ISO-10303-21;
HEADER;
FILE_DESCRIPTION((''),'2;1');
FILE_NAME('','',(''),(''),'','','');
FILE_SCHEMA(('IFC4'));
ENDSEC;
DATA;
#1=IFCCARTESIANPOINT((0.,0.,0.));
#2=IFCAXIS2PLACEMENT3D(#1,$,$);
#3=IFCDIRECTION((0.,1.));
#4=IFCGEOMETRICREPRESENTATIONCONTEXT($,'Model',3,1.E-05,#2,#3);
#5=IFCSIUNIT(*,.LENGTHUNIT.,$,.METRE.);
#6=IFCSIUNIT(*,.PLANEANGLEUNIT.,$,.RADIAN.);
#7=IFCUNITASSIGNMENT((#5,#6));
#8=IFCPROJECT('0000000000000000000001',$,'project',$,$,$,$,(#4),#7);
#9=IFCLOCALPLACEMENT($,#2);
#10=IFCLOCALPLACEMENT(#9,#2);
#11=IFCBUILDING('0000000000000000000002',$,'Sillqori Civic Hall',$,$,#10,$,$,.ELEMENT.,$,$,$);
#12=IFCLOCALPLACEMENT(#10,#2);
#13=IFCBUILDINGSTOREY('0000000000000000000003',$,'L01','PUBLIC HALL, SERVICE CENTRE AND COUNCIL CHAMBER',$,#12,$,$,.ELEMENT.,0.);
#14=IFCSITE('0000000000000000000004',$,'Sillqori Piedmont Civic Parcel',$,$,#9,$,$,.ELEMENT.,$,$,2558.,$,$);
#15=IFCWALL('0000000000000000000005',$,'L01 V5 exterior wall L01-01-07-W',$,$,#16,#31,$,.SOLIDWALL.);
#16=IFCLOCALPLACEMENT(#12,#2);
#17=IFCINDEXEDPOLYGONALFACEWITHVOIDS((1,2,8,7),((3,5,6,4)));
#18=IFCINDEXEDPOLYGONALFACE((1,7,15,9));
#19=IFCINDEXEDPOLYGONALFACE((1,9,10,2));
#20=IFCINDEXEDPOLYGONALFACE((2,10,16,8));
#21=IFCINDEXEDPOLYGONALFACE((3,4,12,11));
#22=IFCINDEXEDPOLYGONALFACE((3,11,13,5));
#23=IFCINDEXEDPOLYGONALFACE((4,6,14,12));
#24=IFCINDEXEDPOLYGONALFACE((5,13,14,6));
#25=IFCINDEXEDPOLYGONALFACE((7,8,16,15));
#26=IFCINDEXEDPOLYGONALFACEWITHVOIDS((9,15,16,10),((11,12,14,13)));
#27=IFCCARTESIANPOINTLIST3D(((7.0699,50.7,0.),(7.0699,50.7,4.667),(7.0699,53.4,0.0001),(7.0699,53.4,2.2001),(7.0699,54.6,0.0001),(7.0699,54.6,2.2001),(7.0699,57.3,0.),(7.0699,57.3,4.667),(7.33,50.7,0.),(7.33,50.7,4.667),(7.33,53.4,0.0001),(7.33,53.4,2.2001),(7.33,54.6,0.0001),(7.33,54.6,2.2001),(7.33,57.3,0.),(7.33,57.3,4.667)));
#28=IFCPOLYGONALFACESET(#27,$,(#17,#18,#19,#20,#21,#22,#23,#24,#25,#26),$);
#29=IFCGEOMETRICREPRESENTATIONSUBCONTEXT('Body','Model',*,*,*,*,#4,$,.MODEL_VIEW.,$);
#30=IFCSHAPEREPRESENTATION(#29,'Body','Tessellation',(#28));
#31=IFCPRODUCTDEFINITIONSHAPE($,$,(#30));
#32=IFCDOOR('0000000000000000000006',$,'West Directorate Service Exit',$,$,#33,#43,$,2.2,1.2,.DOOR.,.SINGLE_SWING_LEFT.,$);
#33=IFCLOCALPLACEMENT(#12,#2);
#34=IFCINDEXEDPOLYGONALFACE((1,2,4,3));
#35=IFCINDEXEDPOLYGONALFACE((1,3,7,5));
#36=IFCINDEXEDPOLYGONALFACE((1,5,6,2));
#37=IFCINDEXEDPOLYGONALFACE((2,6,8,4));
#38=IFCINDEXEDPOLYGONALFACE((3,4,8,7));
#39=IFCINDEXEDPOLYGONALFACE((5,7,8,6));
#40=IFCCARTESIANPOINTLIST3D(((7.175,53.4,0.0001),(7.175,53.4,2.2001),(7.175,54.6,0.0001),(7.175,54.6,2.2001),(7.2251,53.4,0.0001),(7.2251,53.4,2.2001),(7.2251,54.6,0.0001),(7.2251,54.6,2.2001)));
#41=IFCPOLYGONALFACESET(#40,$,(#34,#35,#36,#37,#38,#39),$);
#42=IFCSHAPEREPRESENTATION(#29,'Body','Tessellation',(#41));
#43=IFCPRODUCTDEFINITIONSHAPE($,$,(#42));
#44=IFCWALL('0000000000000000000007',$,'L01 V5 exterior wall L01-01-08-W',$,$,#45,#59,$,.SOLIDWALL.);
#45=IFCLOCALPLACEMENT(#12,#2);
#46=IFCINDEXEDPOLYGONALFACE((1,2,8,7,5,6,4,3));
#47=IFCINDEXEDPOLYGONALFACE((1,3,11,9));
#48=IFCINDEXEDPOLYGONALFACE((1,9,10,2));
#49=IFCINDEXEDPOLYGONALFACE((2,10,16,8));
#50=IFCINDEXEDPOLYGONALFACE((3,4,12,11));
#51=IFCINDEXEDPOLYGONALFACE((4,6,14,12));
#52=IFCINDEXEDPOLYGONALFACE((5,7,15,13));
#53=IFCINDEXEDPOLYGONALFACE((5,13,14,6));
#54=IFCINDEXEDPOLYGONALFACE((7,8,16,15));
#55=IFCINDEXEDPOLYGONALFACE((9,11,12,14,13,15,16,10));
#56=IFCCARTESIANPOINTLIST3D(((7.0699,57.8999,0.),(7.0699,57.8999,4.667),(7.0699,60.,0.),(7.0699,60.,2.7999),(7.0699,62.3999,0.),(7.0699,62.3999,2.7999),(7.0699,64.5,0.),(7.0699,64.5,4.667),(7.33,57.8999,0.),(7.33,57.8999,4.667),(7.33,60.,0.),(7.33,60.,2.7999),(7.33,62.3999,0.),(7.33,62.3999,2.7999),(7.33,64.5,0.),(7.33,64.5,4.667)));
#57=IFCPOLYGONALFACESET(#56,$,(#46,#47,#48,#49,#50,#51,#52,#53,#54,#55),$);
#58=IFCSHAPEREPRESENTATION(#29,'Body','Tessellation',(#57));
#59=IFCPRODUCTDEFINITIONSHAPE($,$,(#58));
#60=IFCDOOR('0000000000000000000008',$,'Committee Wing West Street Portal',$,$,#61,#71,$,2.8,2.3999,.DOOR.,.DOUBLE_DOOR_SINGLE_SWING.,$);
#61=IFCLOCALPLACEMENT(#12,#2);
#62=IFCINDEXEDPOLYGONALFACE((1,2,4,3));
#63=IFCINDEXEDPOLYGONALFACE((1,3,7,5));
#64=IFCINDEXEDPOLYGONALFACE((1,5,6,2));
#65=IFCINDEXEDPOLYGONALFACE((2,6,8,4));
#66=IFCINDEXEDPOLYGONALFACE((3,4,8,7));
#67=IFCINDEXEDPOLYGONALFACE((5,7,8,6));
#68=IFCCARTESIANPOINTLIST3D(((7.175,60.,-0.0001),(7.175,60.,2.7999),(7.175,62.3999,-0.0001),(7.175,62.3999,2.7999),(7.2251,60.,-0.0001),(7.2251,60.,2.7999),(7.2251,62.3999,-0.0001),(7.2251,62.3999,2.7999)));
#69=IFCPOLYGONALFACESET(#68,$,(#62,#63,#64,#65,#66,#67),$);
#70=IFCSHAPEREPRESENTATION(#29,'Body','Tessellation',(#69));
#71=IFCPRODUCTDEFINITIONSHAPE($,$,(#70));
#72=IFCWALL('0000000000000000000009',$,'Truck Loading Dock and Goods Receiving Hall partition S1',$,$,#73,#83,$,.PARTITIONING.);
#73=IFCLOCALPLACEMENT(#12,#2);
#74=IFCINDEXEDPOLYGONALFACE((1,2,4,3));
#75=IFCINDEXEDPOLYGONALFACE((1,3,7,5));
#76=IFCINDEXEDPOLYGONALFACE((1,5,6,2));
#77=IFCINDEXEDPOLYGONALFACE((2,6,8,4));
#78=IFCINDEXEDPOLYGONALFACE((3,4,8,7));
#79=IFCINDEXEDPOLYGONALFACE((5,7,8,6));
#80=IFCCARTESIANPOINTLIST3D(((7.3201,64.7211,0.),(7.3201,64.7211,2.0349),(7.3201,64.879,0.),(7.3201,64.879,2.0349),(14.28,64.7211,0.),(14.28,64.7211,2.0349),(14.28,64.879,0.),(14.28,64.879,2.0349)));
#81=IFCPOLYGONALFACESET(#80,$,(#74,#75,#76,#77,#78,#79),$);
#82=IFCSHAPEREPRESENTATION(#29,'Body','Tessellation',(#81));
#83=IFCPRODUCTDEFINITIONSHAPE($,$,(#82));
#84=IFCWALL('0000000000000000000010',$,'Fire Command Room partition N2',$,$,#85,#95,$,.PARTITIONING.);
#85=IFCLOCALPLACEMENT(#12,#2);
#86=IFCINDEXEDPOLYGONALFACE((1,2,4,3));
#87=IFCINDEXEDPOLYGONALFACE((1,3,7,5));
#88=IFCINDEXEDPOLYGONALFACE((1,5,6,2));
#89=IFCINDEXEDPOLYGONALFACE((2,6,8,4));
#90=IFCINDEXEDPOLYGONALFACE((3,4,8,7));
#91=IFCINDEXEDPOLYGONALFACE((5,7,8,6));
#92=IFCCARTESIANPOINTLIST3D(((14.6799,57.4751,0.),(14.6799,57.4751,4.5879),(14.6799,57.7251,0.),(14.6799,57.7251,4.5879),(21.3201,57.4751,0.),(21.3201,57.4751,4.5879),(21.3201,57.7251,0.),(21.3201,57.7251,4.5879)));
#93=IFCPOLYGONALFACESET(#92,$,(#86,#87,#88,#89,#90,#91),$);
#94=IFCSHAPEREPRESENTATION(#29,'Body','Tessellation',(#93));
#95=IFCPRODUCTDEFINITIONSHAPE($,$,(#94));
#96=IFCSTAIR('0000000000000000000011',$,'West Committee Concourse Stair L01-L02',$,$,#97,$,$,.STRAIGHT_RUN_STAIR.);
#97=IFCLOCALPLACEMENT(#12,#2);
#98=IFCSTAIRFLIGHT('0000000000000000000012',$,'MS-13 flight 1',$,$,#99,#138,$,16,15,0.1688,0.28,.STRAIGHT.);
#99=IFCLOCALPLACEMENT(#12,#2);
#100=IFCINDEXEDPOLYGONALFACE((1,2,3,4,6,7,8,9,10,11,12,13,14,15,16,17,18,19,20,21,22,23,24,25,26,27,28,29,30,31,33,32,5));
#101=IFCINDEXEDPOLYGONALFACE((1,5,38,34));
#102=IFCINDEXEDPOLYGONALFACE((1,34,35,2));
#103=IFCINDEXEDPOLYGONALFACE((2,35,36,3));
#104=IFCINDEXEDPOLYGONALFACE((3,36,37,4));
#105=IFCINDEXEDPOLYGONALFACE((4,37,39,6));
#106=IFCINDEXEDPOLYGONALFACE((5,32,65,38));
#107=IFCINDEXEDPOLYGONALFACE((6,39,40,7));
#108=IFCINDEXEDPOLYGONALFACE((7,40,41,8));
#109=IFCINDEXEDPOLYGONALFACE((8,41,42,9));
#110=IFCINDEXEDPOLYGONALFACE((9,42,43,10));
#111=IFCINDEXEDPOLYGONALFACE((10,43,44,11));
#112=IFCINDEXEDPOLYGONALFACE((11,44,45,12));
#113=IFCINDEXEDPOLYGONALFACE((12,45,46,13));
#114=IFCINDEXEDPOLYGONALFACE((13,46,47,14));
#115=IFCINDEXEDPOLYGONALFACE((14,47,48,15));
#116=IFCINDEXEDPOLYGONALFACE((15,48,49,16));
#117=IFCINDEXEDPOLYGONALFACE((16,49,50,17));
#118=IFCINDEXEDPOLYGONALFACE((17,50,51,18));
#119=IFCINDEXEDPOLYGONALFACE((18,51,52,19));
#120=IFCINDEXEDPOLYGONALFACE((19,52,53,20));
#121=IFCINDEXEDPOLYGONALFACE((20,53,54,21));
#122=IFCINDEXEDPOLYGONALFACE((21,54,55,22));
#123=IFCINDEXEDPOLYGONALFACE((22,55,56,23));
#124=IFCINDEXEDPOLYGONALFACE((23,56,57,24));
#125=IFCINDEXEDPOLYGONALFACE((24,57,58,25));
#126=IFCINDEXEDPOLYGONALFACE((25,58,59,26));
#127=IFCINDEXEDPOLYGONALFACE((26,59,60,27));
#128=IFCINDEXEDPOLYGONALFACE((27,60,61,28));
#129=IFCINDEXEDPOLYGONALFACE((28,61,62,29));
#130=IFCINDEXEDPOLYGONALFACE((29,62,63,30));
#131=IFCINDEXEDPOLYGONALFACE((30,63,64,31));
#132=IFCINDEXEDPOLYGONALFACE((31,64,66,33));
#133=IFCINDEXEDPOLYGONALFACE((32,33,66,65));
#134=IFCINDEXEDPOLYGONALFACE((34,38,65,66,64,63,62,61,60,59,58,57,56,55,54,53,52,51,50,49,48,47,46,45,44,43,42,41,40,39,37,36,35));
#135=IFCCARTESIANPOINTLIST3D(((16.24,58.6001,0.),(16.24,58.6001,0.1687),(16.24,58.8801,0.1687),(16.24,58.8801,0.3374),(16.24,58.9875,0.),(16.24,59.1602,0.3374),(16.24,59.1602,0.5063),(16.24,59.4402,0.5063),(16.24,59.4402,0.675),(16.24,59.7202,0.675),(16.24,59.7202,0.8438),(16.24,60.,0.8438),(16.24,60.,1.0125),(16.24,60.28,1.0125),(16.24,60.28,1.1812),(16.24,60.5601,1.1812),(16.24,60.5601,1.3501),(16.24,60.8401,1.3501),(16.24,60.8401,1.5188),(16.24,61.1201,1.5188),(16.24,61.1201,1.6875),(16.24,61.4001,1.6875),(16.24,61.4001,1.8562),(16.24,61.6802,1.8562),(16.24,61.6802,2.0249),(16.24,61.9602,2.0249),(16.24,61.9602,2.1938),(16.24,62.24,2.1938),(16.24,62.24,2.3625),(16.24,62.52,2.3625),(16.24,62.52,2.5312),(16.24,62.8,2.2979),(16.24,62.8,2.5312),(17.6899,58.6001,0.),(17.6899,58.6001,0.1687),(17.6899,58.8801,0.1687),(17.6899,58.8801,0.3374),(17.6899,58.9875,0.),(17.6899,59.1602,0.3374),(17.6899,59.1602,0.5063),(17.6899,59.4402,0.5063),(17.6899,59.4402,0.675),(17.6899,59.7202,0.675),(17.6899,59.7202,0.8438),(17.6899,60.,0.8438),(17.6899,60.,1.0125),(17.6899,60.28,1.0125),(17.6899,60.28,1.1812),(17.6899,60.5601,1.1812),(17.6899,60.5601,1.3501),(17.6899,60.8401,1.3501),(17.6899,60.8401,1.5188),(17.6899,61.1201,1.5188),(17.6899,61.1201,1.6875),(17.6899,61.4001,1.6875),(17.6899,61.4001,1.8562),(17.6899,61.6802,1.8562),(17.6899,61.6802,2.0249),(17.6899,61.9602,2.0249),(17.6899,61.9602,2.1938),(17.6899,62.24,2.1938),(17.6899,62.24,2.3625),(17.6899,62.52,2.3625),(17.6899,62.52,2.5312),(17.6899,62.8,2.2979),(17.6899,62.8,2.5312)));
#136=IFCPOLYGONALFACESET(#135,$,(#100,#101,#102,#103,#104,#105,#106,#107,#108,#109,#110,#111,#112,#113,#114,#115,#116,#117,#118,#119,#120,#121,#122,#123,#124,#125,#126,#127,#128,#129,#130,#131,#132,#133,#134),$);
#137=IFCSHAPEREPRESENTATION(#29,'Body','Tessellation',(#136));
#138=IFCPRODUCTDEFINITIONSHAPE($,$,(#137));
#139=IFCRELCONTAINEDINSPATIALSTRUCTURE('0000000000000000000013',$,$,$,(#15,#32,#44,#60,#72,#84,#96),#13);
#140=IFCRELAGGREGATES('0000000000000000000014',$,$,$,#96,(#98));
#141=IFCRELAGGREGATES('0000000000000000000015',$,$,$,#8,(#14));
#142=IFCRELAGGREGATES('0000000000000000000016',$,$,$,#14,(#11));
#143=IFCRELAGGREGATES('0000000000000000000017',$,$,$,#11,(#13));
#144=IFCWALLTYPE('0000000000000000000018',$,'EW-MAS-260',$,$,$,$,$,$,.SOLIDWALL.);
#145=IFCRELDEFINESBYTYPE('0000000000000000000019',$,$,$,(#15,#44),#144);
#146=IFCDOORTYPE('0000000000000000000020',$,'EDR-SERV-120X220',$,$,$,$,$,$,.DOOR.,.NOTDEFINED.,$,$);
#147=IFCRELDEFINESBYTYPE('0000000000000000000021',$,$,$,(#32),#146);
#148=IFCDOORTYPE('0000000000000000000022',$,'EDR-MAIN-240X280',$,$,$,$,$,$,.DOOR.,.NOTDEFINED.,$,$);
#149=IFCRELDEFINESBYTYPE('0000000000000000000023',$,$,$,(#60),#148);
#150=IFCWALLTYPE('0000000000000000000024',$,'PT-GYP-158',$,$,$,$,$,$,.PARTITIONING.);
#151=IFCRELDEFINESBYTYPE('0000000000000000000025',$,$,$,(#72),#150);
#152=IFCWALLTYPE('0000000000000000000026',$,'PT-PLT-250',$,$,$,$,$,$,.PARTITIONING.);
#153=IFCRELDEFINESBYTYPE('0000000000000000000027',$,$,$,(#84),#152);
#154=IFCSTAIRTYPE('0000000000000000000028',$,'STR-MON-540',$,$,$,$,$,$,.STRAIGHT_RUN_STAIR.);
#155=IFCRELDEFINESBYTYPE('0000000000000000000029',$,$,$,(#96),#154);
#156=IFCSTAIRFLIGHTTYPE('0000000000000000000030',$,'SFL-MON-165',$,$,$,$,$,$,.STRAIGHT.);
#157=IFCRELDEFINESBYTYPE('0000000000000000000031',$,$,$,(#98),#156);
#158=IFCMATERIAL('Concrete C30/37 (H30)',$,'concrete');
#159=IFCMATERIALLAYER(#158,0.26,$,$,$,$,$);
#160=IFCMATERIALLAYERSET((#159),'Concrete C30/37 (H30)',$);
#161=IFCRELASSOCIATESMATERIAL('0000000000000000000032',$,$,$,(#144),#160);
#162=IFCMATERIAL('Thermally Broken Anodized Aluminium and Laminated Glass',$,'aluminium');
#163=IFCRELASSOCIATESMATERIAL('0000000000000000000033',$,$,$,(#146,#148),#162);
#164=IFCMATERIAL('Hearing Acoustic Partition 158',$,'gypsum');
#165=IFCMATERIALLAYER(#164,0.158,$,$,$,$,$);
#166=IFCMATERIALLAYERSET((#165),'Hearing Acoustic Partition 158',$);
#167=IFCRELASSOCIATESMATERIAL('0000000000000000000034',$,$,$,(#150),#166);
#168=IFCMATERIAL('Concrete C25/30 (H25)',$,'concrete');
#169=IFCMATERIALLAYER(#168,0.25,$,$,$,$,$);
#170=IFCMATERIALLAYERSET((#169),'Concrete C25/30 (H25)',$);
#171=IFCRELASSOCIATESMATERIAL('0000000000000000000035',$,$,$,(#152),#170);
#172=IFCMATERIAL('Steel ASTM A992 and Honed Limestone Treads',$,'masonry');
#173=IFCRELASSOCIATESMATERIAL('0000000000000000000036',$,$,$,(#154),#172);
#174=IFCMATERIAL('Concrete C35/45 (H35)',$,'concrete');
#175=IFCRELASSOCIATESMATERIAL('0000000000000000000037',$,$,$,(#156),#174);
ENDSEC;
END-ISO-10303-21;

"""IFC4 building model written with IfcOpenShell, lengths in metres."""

from ifc_helpers import new_model, si_unit, direction, frame, frame_2d, origin, place, context, subcontext, project, spatial, polyline, rectangle, outline, extrude, material, layer, layer_set, type_object, element, fill, aggregate, save


model = new_model("IFC4")

# Units and contexts
model_context = context("Model", 3, precision=1e-05, world=origin(), true_north=direction((0.0, 1.0)))
body_context = subcontext(model_context, "Body", "Model", "MODEL_VIEW")
ifc_project = project(units=[si_unit("LENGTHUNIT", "METRE"), si_unit("PLANEANGLEUNIT", "RADIAN")], contexts=[model_context])

# Site, building, storey
site_placement = place(None, origin())
site = spatial("IfcSite", under=ifc_project, at=site_placement, Name="Sillqori Piedmont Civic Parcel", CompositionType="ELEMENT", RefElevation=2558.0)
building_placement = place(site_placement, origin())
building = spatial("IfcBuilding", under=site, at=building_placement, Name="Sillqori Civic Hall", CompositionType="ELEMENT")
storey_placement = place(building_placement, origin())
storey = spatial("IfcBuildingStorey", under=building, at=storey_placement, Name="L01", Description="PUBLIC HALL, SERVICE CENTRE AND COUNCIL CHAMBER", CompositionType="ELEMENT", Elevation=0.0)

# Shared definitions
ifc_material_1 = material(Name="Concrete C35/45 (H35)", Category="concrete")

# Walls, openings, doors
ifc_material_2 = material(Name="Concrete C30/37 (H30)", Category="concrete")
ifc_layer_1 = layer(ifc_material_2, 0.26)
ifc_layer_set_1 = layer_set([ifc_layer_1], Name="Concrete C30/37 (H30)")
wall_type_1 = type_object("IfcWallType", Name="EW-MAS-260", PredefinedType="SOLIDWALL", material=ifc_layer_set_1)
wall_1_placement = place(storey_placement, frame((7.2, 50.7, 0.0), z_axis=(0.0, 0.0, 1.0), x_axis=(0.0, 1.0, 0.0)))
wall_1 = element("IfcWall", 1, at=wall_1_placement, inside=storey, type_object=wall_type_1, Name="L01 V5 exterior wall L01-01-07-W", PredefinedType="SOLIDWALL", context=body_context, shape_type="SweptSolid", body=[
    extrude(rectangle(XDim=6.6001, YDim=0.26, at=frame_2d((3.3, 0.0))), origin(), (0.0, 0.0, 1.0), 4.667),
])
opening_1_placement = place(wall_1_placement, frame((2.7, 0.0, 0.0)))
opening_1 = element("IfcOpeningElement", 2, at=opening_1_placement, cuts=wall_1, PredefinedType="OPENING", context=body_context, shape_type="SweptSolid", body=[
    extrude(rectangle(XDim=1.2, YDim=2.2, at=frame_2d((0.6001, 1.1001))), frame((0.0, 0.1399, 0.0), z_axis=(0.0, -1.0, 0.0), x_axis=(1.0, 0.0, 0.0)), (0.0, 0.0, 1.0), 0.28),
])
ifc_material_3 = material(Name="Thermally Broken Anodized Aluminium and Laminated Glass", Category="aluminium")
door_type_1 = type_object("IfcDoorType", Name="EDR-SERV-120X220", OperationType="NOTDEFINED", PredefinedType="DOOR", material=ifc_material_3)
door_1_placement = place(opening_1_placement, origin())
door_1 = element("IfcDoor", 3, at=door_1_placement, inside=storey, type_object=door_type_1, Name="West Directorate Service Exit", OperationType="SINGLE_SWING_LEFT", OverallHeight=2.2, OverallWidth=1.2, PredefinedType="DOOR", context=body_context, shape_type="SweptSolid", body=[
    extrude(rectangle(XDim=1.2, YDim=2.2, at=frame_2d((0.6001, 1.1001))), frame((0.0, 0.0249, 0.0), z_axis=(0.0, -1.0, 0.0), x_axis=(1.0, 0.0, 0.0)), (0.0, 0.0, 1.0), 0.05),
])
fill(opening_1, door_1)
wall_2_placement = place(storey_placement, frame((7.2, 57.8999, 0.0), z_axis=(0.0, 0.0, 1.0), x_axis=(0.0, 1.0, 0.0)))
wall_2 = element("IfcWall", 4, at=wall_2_placement, inside=storey, type_object=wall_type_1, Name="L01 V5 exterior wall L01-01-08-W", PredefinedType="SOLIDWALL", context=body_context, shape_type="SweptSolid", body=[
    extrude(rectangle(XDim=6.6001, YDim=0.26, at=frame_2d((3.3, 0.0))), origin(), (0.0, 0.0, 1.0), 4.667),
])
opening_2_placement = place(wall_2_placement, frame((2.1001, 0.0, 0.0)))
opening_2 = element("IfcOpeningElement", 5, at=opening_2_placement, cuts=wall_2, PredefinedType="OPENING", context=body_context, shape_type="SweptSolid", body=[
    extrude(rectangle(XDim=2.3999, YDim=2.8, at=frame_2d((1.2, 1.3999))), frame((0.0, 0.1399, 0.0), z_axis=(0.0, -1.0, 0.0), x_axis=(1.0, 0.0, 0.0)), (0.0, 0.0, 1.0), 0.28),
])
door_type_2 = type_object("IfcDoorType", Name="EDR-MAIN-240X280", OperationType="NOTDEFINED", PredefinedType="DOOR", material=ifc_material_3)
door_2_placement = place(opening_2_placement, origin())
door_2 = element("IfcDoor", 6, at=door_2_placement, inside=storey, type_object=door_type_2, Name="Committee Wing West Street Portal", OperationType="DOUBLE_DOOR_SINGLE_SWING", OverallHeight=2.8, OverallWidth=2.3999, PredefinedType="DOOR", context=body_context, shape_type="SweptSolid", body=[
    extrude(rectangle(XDim=2.3999, YDim=2.8, at=frame_2d((1.2, 1.3999))), frame((0.0, 0.0249, 0.0), z_axis=(0.0, -1.0, 0.0), x_axis=(1.0, 0.0, 0.0)), (0.0, 0.0, 1.0), 0.05),
])
fill(opening_2, door_2)

# Walls
ifc_material_4 = material(Name="Hearing Acoustic Partition 158", Category="gypsum")
ifc_layer_2 = layer(ifc_material_4, 0.158)
ifc_layer_set_2 = layer_set([ifc_layer_2], Name="Hearing Acoustic Partition 158")
wall_type_2 = type_object("IfcWallType", Name="PT-GYP-158", PredefinedType="PARTITIONING", material=ifc_layer_set_2)
wall_3_placement = place(storey_placement, frame((14.28, 64.8, 0.0), z_axis=(0.0, 0.0, 1.0), x_axis=(-1.0, 0.0, 0.0)))
element("IfcWall", 7, at=wall_3_placement, inside=storey, type_object=wall_type_2, Name="Truck Loading Dock and Goods Receiving Hall partition S1", PredefinedType="PARTITIONING", context=body_context, shape_type="SweptSolid", body=[
    extrude(rectangle(XDim=6.96, YDim=0.158, at=frame_2d((3.48, 0.0))), origin(), (0.0, 0.0, 1.0), 2.0349),
])
ifc_material_5 = material(Name="Concrete C25/30 (H25)", Category="concrete")
ifc_layer_3 = layer(ifc_material_5, 0.25)
ifc_layer_set_3 = layer_set([ifc_layer_3], Name="Concrete C25/30 (H25)")
wall_type_3 = type_object("IfcWallType", Name="PT-PLT-250", PredefinedType="PARTITIONING", material=ifc_layer_set_3)
wall_4_placement = place(storey_placement, frame((14.6799, 57.6001, 0.0), z_axis=(0.0, 0.0, 1.0), x_axis=(1.0, 0.0, 0.0)))
element("IfcWall", 8, at=wall_4_placement, inside=storey, type_object=wall_type_3, Name="Fire Command Room partition N2", PredefinedType="PARTITIONING", context=body_context, shape_type="SweptSolid", body=[
    extrude(rectangle(XDim=6.6401, YDim=0.25, at=frame_2d((3.3201, 0.0))), origin(), (0.0, 0.0, 1.0), 4.5879),
])

# Stair, stair flight
ifc_material_6 = material(Name="Steel ASTM A992 and Honed Limestone Treads", Category="masonry")
stair_type = type_object("IfcStairType", Name="STR-MON-540", PredefinedType="STRAIGHT_RUN_STAIR", material=ifc_material_6)
stair_placement = place(storey_placement, origin())
stair = element("IfcStair", 9, at=stair_placement, inside=storey, type_object=stair_type, Name="West Committee Concourse Stair L01-L02", PredefinedType="STRAIGHT_RUN_STAIR")
stair_flight_type = type_object("IfcStairFlightType", Name="SFL-MON-165", PredefinedType="STRAIGHT", material=ifc_material_1)
stair_flight_1_placement = place(storey_placement, frame((16.9651, 58.6001, 0.0), z_axis=(0.0, 0.0, 1.0), x_axis=(0.0, 1.0, 0.0)))
stair_flight_1 = element("IfcStairFlight", 10, at=stair_flight_1_placement, type_object=stair_flight_type, Name="MS-13 flight 1", NumberOfRisers=16, NumberOfTreads=15, PredefinedType="STRAIGHT", RiserHeight=0.1688, TreadLength=0.28, context=body_context, shape_type="SweptSolid", body=[
    extrude(outline(polyline([(0.0, 0.0), (0.0, 0.1687), (0.28, 0.1687), (0.28, 0.3374), (0.5601, 0.3374), (0.5601, 0.5063), (0.8401, 0.5063), (0.8401, 0.675), (1.1201, 0.675), (1.1201, 0.8438), (1.3999, 0.8438), (1.3999, 1.0125), (1.6799, 1.0125), (1.6799, 1.1812), (1.96, 1.1812), (1.96, 1.3501), (2.24, 1.3501), (2.24, 1.5188), (2.52, 1.5188), (2.52, 1.6875), (2.8, 1.6875), (2.8, 1.8562), (3.0801, 1.8562), (3.0801, 2.0249), (3.3601, 2.0249), (3.3601, 2.1938), (3.6399, 2.1938), (3.6399, 2.3625), (3.9199, 2.3625), (3.9199, 2.5312), (4.2, 2.5312), (4.2, 2.7), (4.2, 2.2979), (0.3875, 0.0), (0.0, 0.0)])), frame((0.0, 0.7251, 0.0), z_axis=(0.0, -1.0, 0.0), x_axis=(1.0, 0.0, 0.0)), (0.0, 0.0, 1.0), 1.45),
])
aggregate(stair, [stair_flight_1])

save(model, "model.ifc")
